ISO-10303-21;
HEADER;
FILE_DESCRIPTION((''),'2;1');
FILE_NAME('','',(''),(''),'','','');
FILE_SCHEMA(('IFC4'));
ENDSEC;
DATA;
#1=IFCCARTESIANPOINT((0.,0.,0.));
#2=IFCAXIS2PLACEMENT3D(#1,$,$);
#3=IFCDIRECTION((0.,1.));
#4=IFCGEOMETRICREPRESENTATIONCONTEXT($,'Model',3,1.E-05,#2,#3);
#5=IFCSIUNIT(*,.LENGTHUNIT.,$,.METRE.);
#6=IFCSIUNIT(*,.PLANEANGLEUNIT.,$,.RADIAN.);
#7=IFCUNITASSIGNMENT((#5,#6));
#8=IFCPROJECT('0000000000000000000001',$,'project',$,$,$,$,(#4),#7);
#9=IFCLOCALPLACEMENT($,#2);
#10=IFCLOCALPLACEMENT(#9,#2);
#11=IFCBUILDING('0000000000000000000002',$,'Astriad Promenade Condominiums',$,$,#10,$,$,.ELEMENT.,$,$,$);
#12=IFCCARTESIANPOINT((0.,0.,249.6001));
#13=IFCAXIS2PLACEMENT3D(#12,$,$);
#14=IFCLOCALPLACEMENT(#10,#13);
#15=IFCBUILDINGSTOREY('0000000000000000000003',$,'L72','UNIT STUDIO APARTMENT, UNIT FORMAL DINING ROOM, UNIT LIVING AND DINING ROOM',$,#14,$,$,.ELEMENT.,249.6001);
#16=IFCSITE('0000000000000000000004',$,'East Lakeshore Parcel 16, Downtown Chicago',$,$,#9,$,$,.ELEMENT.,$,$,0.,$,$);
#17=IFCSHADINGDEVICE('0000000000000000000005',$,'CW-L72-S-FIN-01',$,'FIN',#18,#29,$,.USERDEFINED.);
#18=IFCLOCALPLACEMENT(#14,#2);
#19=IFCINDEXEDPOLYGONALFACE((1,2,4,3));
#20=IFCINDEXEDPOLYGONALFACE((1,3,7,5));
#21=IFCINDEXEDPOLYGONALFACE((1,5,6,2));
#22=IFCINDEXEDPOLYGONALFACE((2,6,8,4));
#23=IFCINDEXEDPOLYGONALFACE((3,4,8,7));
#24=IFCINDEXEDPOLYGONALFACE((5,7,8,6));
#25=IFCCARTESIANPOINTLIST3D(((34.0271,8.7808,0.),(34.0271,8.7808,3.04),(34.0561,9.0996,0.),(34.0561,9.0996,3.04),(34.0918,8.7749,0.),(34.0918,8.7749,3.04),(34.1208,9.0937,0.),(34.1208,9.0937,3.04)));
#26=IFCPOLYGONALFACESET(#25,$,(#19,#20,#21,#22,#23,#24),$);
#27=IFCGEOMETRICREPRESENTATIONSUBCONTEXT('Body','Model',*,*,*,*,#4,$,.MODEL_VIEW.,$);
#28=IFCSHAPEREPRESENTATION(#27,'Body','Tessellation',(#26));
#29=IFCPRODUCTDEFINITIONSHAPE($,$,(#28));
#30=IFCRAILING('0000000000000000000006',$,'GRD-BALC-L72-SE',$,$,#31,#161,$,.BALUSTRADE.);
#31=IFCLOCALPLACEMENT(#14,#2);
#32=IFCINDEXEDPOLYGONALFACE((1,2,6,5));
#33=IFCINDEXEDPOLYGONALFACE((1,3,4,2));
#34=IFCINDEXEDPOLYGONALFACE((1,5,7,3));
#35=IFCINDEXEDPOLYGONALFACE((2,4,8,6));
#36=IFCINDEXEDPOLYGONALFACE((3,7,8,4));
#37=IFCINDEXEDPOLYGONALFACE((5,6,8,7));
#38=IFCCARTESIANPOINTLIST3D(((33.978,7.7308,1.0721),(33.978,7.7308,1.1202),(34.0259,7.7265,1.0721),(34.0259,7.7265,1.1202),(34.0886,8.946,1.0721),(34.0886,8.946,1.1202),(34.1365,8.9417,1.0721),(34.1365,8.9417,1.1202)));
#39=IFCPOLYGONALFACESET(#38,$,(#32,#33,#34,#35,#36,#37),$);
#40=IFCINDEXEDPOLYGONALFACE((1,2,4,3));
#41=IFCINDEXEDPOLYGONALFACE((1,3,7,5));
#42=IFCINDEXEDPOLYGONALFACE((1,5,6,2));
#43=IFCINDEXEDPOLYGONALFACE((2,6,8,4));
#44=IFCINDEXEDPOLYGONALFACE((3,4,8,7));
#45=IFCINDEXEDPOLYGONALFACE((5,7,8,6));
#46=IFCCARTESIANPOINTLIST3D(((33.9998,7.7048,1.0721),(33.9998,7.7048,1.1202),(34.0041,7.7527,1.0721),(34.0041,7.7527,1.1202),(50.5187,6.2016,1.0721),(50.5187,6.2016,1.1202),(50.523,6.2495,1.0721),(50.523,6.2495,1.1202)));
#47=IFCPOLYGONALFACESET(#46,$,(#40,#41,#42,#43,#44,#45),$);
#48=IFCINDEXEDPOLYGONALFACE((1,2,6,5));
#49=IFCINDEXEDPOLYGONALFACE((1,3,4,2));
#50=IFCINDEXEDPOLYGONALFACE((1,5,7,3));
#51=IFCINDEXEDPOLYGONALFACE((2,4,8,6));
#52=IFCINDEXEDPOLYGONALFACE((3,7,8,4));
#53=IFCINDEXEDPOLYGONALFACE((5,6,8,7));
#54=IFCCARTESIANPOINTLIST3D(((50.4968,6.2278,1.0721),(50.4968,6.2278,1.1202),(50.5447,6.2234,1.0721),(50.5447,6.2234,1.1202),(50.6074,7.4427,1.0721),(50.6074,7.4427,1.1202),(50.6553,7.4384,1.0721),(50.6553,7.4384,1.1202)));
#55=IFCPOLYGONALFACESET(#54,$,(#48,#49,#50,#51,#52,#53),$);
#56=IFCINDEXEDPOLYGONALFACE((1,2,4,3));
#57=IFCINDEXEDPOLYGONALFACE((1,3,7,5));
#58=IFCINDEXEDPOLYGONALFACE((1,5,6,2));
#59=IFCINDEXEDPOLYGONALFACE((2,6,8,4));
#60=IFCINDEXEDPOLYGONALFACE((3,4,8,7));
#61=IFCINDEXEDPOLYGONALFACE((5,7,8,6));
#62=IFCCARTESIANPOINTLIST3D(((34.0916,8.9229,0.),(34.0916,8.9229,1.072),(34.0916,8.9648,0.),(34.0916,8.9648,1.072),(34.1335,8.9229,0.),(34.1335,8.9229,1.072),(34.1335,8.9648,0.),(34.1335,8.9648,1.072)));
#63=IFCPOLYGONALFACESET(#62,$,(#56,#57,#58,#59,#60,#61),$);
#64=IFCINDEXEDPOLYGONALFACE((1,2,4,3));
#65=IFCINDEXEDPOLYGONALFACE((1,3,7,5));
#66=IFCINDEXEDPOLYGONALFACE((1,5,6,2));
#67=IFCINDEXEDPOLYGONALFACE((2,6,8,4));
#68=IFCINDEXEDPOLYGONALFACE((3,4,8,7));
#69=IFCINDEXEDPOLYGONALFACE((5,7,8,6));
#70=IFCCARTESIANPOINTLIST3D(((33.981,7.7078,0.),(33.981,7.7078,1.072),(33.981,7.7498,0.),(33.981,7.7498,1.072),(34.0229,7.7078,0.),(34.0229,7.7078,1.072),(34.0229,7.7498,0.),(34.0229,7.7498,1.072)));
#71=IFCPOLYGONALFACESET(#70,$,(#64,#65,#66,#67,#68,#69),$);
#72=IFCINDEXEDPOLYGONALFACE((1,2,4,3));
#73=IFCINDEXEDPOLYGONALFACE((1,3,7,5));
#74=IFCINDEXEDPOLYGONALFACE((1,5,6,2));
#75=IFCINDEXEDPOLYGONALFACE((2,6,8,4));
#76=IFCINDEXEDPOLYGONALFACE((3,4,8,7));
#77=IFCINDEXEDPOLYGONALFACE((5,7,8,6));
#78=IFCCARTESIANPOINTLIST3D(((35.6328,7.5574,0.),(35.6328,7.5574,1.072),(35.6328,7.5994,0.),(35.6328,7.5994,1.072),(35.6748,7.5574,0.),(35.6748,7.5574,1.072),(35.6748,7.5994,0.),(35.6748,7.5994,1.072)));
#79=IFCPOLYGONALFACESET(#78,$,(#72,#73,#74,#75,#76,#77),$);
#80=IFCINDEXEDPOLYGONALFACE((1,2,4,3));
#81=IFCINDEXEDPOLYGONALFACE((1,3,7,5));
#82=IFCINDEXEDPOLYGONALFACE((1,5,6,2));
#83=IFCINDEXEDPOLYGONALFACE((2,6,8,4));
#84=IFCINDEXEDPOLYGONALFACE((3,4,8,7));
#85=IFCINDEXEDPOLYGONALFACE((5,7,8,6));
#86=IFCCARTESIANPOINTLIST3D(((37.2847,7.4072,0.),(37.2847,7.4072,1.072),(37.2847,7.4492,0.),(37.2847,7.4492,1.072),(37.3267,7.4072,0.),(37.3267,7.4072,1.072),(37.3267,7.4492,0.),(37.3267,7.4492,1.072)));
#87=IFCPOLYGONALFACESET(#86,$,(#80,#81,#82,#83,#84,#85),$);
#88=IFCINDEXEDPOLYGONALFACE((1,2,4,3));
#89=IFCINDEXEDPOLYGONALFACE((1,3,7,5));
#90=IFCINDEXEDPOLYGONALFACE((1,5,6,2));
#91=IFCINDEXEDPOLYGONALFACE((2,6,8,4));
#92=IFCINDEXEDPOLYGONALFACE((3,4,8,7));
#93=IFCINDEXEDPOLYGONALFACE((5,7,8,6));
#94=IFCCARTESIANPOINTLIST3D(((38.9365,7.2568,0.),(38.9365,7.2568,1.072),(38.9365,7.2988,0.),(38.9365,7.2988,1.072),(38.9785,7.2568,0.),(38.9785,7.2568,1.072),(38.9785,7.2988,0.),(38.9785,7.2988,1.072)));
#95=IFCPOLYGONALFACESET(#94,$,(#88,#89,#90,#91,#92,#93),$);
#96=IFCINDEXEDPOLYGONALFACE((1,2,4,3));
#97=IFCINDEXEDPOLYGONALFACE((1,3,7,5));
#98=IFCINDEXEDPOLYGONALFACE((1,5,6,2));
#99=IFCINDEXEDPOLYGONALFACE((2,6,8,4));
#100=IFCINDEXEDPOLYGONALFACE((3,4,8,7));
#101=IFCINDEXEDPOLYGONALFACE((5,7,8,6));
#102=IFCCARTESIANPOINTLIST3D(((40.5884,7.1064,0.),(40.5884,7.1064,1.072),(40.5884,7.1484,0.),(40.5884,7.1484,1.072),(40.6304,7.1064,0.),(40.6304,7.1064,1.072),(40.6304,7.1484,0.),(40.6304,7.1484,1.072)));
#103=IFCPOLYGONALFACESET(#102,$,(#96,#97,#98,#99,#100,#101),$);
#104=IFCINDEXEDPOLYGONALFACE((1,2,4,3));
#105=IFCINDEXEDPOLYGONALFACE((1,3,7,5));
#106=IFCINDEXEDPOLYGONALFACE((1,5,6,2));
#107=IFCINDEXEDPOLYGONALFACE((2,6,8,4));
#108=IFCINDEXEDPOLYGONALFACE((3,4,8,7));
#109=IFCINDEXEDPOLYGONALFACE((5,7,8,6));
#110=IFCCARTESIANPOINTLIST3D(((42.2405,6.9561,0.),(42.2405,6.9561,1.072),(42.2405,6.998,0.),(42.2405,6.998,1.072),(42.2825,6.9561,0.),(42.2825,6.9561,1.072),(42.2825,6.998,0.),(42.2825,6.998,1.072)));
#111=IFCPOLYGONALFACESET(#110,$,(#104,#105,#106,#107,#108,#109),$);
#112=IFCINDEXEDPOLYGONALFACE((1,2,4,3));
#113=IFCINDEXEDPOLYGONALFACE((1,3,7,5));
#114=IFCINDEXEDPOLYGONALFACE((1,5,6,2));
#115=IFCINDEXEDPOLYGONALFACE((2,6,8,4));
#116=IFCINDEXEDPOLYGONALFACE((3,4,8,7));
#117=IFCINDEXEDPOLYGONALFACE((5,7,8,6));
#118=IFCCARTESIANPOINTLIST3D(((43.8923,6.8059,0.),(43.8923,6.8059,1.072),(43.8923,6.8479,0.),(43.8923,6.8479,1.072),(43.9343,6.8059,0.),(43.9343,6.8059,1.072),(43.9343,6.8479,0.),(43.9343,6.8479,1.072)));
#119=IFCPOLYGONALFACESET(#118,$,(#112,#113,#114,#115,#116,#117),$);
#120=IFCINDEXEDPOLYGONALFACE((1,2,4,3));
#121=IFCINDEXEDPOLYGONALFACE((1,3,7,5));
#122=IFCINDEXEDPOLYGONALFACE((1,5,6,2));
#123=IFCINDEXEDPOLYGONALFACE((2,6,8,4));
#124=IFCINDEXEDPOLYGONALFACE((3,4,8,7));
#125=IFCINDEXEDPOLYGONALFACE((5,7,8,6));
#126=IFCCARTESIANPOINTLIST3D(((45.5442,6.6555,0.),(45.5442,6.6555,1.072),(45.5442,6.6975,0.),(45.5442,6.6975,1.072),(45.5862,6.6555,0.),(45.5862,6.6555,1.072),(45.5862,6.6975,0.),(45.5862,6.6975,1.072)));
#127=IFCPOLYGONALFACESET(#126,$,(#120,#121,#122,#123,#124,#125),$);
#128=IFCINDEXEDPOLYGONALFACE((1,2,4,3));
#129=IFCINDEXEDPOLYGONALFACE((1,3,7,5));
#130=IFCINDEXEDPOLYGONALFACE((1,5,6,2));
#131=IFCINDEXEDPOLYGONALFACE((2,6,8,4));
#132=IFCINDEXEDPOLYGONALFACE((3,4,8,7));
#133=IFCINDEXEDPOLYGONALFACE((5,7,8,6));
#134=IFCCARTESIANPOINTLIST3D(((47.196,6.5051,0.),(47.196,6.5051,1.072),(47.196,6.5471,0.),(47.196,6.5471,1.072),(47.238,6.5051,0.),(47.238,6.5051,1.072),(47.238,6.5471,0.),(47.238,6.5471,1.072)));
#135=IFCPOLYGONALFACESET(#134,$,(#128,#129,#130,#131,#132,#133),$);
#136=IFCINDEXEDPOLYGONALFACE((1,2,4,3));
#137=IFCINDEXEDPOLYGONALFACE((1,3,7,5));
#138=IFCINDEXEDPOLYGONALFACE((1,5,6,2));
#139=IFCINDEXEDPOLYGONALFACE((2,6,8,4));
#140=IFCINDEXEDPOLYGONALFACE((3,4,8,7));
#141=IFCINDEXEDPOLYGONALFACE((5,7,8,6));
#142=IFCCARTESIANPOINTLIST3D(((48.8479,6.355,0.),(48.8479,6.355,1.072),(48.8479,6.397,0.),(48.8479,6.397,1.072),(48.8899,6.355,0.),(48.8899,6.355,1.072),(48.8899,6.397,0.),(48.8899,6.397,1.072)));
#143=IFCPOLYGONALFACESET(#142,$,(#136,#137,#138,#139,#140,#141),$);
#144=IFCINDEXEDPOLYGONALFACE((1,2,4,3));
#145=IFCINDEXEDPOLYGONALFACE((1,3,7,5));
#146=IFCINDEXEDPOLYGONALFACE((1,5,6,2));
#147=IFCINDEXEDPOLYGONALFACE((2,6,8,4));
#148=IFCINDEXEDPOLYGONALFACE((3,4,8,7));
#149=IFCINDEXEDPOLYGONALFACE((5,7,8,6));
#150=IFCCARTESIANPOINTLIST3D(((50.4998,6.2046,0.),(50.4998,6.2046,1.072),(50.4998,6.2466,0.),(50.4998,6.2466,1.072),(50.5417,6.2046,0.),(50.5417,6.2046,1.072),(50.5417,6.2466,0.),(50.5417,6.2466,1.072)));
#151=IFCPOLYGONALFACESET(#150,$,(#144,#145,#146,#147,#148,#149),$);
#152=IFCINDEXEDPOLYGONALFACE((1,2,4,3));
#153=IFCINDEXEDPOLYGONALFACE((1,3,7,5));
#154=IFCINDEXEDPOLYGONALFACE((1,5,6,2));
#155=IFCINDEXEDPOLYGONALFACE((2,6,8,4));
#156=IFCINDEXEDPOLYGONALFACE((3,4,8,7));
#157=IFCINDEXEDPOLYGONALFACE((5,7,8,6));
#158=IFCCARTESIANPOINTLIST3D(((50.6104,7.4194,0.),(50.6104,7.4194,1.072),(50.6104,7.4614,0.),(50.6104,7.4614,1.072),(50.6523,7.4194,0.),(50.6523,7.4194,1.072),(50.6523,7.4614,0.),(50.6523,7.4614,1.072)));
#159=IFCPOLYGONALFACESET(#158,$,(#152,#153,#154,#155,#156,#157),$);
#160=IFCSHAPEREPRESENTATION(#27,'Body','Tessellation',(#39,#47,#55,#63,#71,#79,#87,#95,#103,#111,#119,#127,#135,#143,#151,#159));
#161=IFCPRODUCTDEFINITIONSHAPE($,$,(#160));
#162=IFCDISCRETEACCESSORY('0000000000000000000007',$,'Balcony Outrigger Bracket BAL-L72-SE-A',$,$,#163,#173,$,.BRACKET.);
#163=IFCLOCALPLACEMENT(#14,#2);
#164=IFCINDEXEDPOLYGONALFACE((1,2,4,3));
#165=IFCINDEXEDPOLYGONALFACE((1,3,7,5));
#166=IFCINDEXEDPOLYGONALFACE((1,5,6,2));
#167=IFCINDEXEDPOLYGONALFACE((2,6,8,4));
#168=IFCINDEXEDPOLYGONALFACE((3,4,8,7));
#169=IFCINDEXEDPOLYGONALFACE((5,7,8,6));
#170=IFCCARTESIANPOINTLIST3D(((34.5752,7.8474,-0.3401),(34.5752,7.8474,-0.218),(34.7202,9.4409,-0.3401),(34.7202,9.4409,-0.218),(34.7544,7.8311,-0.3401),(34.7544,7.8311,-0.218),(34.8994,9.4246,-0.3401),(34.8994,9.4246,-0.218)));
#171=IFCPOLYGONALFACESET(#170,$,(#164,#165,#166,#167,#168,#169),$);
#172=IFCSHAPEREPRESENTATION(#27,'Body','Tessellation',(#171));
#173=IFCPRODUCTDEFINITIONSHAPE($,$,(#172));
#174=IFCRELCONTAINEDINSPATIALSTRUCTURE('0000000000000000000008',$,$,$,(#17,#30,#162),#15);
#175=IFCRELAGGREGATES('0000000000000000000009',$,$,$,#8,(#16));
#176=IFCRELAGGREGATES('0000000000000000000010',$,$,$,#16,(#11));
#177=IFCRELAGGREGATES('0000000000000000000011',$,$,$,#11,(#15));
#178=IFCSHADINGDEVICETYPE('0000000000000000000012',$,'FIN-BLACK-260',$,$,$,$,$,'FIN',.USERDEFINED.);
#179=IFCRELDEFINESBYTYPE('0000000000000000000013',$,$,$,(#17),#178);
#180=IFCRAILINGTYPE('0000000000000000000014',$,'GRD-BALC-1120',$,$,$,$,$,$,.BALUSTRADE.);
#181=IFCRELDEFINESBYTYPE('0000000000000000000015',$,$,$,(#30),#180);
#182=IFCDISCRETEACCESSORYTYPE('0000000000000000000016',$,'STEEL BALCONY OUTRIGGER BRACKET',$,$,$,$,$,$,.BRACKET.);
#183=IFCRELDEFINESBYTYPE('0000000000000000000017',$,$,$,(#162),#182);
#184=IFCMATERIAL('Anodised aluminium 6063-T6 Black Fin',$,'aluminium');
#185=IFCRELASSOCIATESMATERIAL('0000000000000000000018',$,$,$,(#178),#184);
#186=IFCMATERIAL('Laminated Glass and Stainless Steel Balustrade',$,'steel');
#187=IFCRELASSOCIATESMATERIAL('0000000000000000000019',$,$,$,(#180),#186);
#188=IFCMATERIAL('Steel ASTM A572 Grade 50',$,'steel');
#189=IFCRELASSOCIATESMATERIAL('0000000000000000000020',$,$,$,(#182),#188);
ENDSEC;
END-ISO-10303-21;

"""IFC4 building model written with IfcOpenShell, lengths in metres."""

from ifc_helpers import new_model, si_unit, direction, frame, origin, origin_2d, place, context, subcontext, project, spatial, rectangle, extrude, source, transform, mapped, material, type_object, type_shapes, element, save


model = new_model("IFC4")

# Units and contexts
model_context = context("Model", 3, precision=1e-05, world=origin(), true_north=direction((0.0, 1.0)))
body_context = subcontext(model_context, "Body", "Model", "MODEL_VIEW")
ifc_project = project(units=[si_unit("LENGTHUNIT", "METRE"), si_unit("PLANEANGLEUNIT", "RADIAN")], contexts=[model_context])

# Site, building, storey
site_placement = place(None, origin())
site = spatial("IfcSite", under=ifc_project, at=site_placement, Name="East Lakeshore Parcel 16, Downtown Chicago", CompositionType="ELEMENT", RefElevation=0.0)
building_placement = place(site_placement, origin())
building = spatial("IfcBuilding", under=site, at=building_placement, Name="Astriad Promenade Condominiums", CompositionType="ELEMENT")
storey_placement = place(building_placement, frame((0.0, 0.0, 249.6001)))
storey = spatial("IfcBuildingStorey", under=building, at=storey_placement, Name="L72", Description="UNIT STUDIO APARTMENT, UNIT FORMAL DINING ROOM, UNIT LIVING AND DINING ROOM", CompositionType="ELEMENT", Elevation=249.6001)

# Shading device
ifc_material_1 = material(Name="Anodised aluminium 6063-T6 Black Fin", Category="aluminium")
shading_device_type = type_object("IfcShadingDeviceType", Name="FIN-BLACK-260", ElementType="FIN", PredefinedType="USERDEFINED", material=ifc_material_1)
shared_shape_1 = source(origin(), body_context, "Body", "SweptSolid", [
    extrude(rectangle(XDim=0.0649, YDim=0.3201, at=origin_2d()), origin(), (0.0, 0.0, 1.0), 3.04),
])
type_shapes(shading_device_type, [shared_shape_1])
shading_device_placement = place(storey_placement, frame((34.074, 8.9373, 0.0), z_axis=(0.0, 0.0, 1.0), x_axis=(-0.995884, 0.090633, 0.0)))
element("IfcShadingDevice", 1, at=shading_device_placement, inside=storey, type_object=shading_device_type, Name="CW-L72-S-FIN-01", ObjectType="FIN", PredefinedType="USERDEFINED", context=body_context, shape_type="MappedRepresentation", body=[
    mapped(shared_shape_1, transform((0.0, 0.0, 0.0), scale=1.0)),
])

# Railing
ifc_material_2 = material(Name="Laminated Glass and Stainless Steel Balustrade", Category="steel")
railing_type = type_object("IfcRailingType", Name="GRD-BALC-1120", PredefinedType="BALUSTRADE", material=ifc_material_2)
shared_shape_2 = source(origin(), body_context, "Body", "SweptSolid", [
    extrude(rectangle(XDim=0.0481, YDim=0.0481, at=origin_2d()), frame((0.0, 0.0, 1.0962), z_axis=(-0.090644, -0.995883, 0.0), x_axis=(0.995883, -0.090644, 0.0)), (0.0, 0.0, 1.0), 1.2202),
    extrude(rectangle(XDim=0.0481, YDim=0.0481, at=origin_2d()), frame((-0.1106, -1.2151, 1.0962), z_axis=(0.995885, -0.090623, 0.0), x_axis=(0.090623, 0.995885, 0.0)), (0.0, 0.0, 1.0), 16.5872),
    extrude(rectangle(XDim=0.0481, YDim=0.0481, at=origin_2d()), frame((16.4082, -2.7183, 1.0962), z_axis=(0.090662, 0.995882, 0.0), x_axis=(-0.995882, 0.090662, 0.0)), (0.0, 0.0, 1.0), 1.22),
    extrude(rectangle(XDim=0.042, YDim=0.042, at=origin_2d()), origin(), (0.0, 0.0, 1.0), 1.072),
    extrude(rectangle(XDim=0.042, YDim=0.042, at=origin_2d()), frame((-0.1106, -1.2151, 0.0)), (0.0, 0.0, 1.0), 1.072),
    extrude(rectangle(XDim=0.042, YDim=0.042, at=origin_2d()), frame((1.5413, -1.3655, 0.0)), (0.0, 0.0, 1.0), 1.072),
    extrude(rectangle(XDim=0.042, YDim=0.042, at=origin_2d()), frame((3.1931, -1.5156, 0.0)), (0.0, 0.0, 1.0), 1.072),
    extrude(rectangle(XDim=0.042, YDim=0.042, at=origin_2d()), frame((4.845, -1.666, 0.0)), (0.0, 0.0, 1.0), 1.072),
    extrude(rectangle(XDim=0.042, YDim=0.042, at=origin_2d()), frame((6.4968, -1.8164, 0.0)), (0.0, 0.0, 1.0), 1.072),
    extrude(rectangle(XDim=0.042, YDim=0.042, at=origin_2d()), frame((8.1489, -1.9668, 0.0)), (0.0, 0.0, 1.0), 1.072),
    extrude(rectangle(XDim=0.042, YDim=0.042, at=origin_2d()), frame((9.8008, -2.1169, 0.0)), (0.0, 0.0, 1.0), 1.072),
    extrude(rectangle(XDim=0.042, YDim=0.042, at=origin_2d()), frame((11.4526, -2.2673, 0.0)), (0.0, 0.0, 1.0), 1.072),
    extrude(rectangle(XDim=0.042, YDim=0.042, at=origin_2d()), frame((13.1045, -2.4177, 0.0)), (0.0, 0.0, 1.0), 1.072),
    extrude(rectangle(XDim=0.042, YDim=0.042, at=origin_2d()), frame((14.7563, -2.5679, 0.0)), (0.0, 0.0, 1.0), 1.072),
    extrude(rectangle(XDim=0.042, YDim=0.042, at=origin_2d()), frame((16.4082, -2.7183, 0.0)), (0.0, 0.0, 1.0), 1.072),
    extrude(rectangle(XDim=0.042, YDim=0.042, at=origin_2d()), frame((16.5188, -1.5034, 0.0)), (0.0, 0.0, 1.0), 1.072),
])
type_shapes(railing_type, [shared_shape_2])
railing_placement = place(storey_placement, frame((34.1125, 8.9438, 0.0)))
element("IfcRailing", 2, at=railing_placement, inside=storey, type_object=railing_type, Name="GRD-BALC-L72-SE", PredefinedType="BALUSTRADE", context=body_context, shape_type="MappedRepresentation", body=[
    mapped(shared_shape_2, transform((0.0, 0.0, 0.0), scale=1.0)),
])

# Discrete accessory
ifc_material_3 = material(Name="Steel ASTM A572 Grade 50", Category="steel")
discrete_accessory_type = type_object("IfcDiscreteAccessoryType", Name="STEEL BALCONY OUTRIGGER BRACKET", PredefinedType="BRACKET", material=ifc_material_3)
shared_shape_3 = source(origin(), body_context, "Body", "SweptSolid", [
    extrude(rectangle(XDim=1.6001, YDim=0.1799, at=origin_2d()), origin(), (0.0, 0.0, 1.0), 0.1221),
])
type_shapes(discrete_accessory_type, [shared_shape_3])
discrete_accessory_placement = place(storey_placement, frame((34.7373, 8.636, -0.3401), z_axis=(0.0, 0.0, 1.0), x_axis=(-0.090633, -0.995884, 0.0)))
element("IfcDiscreteAccessory", 3, at=discrete_accessory_placement, inside=storey, type_object=discrete_accessory_type, Name="Balcony Outrigger Bracket BAL-L72-SE-A", PredefinedType="BRACKET", context=body_context, shape_type="MappedRepresentation", body=[
    mapped(shared_shape_3, transform((0.0, 0.0, 0.0), scale=1.0)),
])

save(model, "model.ifc")
